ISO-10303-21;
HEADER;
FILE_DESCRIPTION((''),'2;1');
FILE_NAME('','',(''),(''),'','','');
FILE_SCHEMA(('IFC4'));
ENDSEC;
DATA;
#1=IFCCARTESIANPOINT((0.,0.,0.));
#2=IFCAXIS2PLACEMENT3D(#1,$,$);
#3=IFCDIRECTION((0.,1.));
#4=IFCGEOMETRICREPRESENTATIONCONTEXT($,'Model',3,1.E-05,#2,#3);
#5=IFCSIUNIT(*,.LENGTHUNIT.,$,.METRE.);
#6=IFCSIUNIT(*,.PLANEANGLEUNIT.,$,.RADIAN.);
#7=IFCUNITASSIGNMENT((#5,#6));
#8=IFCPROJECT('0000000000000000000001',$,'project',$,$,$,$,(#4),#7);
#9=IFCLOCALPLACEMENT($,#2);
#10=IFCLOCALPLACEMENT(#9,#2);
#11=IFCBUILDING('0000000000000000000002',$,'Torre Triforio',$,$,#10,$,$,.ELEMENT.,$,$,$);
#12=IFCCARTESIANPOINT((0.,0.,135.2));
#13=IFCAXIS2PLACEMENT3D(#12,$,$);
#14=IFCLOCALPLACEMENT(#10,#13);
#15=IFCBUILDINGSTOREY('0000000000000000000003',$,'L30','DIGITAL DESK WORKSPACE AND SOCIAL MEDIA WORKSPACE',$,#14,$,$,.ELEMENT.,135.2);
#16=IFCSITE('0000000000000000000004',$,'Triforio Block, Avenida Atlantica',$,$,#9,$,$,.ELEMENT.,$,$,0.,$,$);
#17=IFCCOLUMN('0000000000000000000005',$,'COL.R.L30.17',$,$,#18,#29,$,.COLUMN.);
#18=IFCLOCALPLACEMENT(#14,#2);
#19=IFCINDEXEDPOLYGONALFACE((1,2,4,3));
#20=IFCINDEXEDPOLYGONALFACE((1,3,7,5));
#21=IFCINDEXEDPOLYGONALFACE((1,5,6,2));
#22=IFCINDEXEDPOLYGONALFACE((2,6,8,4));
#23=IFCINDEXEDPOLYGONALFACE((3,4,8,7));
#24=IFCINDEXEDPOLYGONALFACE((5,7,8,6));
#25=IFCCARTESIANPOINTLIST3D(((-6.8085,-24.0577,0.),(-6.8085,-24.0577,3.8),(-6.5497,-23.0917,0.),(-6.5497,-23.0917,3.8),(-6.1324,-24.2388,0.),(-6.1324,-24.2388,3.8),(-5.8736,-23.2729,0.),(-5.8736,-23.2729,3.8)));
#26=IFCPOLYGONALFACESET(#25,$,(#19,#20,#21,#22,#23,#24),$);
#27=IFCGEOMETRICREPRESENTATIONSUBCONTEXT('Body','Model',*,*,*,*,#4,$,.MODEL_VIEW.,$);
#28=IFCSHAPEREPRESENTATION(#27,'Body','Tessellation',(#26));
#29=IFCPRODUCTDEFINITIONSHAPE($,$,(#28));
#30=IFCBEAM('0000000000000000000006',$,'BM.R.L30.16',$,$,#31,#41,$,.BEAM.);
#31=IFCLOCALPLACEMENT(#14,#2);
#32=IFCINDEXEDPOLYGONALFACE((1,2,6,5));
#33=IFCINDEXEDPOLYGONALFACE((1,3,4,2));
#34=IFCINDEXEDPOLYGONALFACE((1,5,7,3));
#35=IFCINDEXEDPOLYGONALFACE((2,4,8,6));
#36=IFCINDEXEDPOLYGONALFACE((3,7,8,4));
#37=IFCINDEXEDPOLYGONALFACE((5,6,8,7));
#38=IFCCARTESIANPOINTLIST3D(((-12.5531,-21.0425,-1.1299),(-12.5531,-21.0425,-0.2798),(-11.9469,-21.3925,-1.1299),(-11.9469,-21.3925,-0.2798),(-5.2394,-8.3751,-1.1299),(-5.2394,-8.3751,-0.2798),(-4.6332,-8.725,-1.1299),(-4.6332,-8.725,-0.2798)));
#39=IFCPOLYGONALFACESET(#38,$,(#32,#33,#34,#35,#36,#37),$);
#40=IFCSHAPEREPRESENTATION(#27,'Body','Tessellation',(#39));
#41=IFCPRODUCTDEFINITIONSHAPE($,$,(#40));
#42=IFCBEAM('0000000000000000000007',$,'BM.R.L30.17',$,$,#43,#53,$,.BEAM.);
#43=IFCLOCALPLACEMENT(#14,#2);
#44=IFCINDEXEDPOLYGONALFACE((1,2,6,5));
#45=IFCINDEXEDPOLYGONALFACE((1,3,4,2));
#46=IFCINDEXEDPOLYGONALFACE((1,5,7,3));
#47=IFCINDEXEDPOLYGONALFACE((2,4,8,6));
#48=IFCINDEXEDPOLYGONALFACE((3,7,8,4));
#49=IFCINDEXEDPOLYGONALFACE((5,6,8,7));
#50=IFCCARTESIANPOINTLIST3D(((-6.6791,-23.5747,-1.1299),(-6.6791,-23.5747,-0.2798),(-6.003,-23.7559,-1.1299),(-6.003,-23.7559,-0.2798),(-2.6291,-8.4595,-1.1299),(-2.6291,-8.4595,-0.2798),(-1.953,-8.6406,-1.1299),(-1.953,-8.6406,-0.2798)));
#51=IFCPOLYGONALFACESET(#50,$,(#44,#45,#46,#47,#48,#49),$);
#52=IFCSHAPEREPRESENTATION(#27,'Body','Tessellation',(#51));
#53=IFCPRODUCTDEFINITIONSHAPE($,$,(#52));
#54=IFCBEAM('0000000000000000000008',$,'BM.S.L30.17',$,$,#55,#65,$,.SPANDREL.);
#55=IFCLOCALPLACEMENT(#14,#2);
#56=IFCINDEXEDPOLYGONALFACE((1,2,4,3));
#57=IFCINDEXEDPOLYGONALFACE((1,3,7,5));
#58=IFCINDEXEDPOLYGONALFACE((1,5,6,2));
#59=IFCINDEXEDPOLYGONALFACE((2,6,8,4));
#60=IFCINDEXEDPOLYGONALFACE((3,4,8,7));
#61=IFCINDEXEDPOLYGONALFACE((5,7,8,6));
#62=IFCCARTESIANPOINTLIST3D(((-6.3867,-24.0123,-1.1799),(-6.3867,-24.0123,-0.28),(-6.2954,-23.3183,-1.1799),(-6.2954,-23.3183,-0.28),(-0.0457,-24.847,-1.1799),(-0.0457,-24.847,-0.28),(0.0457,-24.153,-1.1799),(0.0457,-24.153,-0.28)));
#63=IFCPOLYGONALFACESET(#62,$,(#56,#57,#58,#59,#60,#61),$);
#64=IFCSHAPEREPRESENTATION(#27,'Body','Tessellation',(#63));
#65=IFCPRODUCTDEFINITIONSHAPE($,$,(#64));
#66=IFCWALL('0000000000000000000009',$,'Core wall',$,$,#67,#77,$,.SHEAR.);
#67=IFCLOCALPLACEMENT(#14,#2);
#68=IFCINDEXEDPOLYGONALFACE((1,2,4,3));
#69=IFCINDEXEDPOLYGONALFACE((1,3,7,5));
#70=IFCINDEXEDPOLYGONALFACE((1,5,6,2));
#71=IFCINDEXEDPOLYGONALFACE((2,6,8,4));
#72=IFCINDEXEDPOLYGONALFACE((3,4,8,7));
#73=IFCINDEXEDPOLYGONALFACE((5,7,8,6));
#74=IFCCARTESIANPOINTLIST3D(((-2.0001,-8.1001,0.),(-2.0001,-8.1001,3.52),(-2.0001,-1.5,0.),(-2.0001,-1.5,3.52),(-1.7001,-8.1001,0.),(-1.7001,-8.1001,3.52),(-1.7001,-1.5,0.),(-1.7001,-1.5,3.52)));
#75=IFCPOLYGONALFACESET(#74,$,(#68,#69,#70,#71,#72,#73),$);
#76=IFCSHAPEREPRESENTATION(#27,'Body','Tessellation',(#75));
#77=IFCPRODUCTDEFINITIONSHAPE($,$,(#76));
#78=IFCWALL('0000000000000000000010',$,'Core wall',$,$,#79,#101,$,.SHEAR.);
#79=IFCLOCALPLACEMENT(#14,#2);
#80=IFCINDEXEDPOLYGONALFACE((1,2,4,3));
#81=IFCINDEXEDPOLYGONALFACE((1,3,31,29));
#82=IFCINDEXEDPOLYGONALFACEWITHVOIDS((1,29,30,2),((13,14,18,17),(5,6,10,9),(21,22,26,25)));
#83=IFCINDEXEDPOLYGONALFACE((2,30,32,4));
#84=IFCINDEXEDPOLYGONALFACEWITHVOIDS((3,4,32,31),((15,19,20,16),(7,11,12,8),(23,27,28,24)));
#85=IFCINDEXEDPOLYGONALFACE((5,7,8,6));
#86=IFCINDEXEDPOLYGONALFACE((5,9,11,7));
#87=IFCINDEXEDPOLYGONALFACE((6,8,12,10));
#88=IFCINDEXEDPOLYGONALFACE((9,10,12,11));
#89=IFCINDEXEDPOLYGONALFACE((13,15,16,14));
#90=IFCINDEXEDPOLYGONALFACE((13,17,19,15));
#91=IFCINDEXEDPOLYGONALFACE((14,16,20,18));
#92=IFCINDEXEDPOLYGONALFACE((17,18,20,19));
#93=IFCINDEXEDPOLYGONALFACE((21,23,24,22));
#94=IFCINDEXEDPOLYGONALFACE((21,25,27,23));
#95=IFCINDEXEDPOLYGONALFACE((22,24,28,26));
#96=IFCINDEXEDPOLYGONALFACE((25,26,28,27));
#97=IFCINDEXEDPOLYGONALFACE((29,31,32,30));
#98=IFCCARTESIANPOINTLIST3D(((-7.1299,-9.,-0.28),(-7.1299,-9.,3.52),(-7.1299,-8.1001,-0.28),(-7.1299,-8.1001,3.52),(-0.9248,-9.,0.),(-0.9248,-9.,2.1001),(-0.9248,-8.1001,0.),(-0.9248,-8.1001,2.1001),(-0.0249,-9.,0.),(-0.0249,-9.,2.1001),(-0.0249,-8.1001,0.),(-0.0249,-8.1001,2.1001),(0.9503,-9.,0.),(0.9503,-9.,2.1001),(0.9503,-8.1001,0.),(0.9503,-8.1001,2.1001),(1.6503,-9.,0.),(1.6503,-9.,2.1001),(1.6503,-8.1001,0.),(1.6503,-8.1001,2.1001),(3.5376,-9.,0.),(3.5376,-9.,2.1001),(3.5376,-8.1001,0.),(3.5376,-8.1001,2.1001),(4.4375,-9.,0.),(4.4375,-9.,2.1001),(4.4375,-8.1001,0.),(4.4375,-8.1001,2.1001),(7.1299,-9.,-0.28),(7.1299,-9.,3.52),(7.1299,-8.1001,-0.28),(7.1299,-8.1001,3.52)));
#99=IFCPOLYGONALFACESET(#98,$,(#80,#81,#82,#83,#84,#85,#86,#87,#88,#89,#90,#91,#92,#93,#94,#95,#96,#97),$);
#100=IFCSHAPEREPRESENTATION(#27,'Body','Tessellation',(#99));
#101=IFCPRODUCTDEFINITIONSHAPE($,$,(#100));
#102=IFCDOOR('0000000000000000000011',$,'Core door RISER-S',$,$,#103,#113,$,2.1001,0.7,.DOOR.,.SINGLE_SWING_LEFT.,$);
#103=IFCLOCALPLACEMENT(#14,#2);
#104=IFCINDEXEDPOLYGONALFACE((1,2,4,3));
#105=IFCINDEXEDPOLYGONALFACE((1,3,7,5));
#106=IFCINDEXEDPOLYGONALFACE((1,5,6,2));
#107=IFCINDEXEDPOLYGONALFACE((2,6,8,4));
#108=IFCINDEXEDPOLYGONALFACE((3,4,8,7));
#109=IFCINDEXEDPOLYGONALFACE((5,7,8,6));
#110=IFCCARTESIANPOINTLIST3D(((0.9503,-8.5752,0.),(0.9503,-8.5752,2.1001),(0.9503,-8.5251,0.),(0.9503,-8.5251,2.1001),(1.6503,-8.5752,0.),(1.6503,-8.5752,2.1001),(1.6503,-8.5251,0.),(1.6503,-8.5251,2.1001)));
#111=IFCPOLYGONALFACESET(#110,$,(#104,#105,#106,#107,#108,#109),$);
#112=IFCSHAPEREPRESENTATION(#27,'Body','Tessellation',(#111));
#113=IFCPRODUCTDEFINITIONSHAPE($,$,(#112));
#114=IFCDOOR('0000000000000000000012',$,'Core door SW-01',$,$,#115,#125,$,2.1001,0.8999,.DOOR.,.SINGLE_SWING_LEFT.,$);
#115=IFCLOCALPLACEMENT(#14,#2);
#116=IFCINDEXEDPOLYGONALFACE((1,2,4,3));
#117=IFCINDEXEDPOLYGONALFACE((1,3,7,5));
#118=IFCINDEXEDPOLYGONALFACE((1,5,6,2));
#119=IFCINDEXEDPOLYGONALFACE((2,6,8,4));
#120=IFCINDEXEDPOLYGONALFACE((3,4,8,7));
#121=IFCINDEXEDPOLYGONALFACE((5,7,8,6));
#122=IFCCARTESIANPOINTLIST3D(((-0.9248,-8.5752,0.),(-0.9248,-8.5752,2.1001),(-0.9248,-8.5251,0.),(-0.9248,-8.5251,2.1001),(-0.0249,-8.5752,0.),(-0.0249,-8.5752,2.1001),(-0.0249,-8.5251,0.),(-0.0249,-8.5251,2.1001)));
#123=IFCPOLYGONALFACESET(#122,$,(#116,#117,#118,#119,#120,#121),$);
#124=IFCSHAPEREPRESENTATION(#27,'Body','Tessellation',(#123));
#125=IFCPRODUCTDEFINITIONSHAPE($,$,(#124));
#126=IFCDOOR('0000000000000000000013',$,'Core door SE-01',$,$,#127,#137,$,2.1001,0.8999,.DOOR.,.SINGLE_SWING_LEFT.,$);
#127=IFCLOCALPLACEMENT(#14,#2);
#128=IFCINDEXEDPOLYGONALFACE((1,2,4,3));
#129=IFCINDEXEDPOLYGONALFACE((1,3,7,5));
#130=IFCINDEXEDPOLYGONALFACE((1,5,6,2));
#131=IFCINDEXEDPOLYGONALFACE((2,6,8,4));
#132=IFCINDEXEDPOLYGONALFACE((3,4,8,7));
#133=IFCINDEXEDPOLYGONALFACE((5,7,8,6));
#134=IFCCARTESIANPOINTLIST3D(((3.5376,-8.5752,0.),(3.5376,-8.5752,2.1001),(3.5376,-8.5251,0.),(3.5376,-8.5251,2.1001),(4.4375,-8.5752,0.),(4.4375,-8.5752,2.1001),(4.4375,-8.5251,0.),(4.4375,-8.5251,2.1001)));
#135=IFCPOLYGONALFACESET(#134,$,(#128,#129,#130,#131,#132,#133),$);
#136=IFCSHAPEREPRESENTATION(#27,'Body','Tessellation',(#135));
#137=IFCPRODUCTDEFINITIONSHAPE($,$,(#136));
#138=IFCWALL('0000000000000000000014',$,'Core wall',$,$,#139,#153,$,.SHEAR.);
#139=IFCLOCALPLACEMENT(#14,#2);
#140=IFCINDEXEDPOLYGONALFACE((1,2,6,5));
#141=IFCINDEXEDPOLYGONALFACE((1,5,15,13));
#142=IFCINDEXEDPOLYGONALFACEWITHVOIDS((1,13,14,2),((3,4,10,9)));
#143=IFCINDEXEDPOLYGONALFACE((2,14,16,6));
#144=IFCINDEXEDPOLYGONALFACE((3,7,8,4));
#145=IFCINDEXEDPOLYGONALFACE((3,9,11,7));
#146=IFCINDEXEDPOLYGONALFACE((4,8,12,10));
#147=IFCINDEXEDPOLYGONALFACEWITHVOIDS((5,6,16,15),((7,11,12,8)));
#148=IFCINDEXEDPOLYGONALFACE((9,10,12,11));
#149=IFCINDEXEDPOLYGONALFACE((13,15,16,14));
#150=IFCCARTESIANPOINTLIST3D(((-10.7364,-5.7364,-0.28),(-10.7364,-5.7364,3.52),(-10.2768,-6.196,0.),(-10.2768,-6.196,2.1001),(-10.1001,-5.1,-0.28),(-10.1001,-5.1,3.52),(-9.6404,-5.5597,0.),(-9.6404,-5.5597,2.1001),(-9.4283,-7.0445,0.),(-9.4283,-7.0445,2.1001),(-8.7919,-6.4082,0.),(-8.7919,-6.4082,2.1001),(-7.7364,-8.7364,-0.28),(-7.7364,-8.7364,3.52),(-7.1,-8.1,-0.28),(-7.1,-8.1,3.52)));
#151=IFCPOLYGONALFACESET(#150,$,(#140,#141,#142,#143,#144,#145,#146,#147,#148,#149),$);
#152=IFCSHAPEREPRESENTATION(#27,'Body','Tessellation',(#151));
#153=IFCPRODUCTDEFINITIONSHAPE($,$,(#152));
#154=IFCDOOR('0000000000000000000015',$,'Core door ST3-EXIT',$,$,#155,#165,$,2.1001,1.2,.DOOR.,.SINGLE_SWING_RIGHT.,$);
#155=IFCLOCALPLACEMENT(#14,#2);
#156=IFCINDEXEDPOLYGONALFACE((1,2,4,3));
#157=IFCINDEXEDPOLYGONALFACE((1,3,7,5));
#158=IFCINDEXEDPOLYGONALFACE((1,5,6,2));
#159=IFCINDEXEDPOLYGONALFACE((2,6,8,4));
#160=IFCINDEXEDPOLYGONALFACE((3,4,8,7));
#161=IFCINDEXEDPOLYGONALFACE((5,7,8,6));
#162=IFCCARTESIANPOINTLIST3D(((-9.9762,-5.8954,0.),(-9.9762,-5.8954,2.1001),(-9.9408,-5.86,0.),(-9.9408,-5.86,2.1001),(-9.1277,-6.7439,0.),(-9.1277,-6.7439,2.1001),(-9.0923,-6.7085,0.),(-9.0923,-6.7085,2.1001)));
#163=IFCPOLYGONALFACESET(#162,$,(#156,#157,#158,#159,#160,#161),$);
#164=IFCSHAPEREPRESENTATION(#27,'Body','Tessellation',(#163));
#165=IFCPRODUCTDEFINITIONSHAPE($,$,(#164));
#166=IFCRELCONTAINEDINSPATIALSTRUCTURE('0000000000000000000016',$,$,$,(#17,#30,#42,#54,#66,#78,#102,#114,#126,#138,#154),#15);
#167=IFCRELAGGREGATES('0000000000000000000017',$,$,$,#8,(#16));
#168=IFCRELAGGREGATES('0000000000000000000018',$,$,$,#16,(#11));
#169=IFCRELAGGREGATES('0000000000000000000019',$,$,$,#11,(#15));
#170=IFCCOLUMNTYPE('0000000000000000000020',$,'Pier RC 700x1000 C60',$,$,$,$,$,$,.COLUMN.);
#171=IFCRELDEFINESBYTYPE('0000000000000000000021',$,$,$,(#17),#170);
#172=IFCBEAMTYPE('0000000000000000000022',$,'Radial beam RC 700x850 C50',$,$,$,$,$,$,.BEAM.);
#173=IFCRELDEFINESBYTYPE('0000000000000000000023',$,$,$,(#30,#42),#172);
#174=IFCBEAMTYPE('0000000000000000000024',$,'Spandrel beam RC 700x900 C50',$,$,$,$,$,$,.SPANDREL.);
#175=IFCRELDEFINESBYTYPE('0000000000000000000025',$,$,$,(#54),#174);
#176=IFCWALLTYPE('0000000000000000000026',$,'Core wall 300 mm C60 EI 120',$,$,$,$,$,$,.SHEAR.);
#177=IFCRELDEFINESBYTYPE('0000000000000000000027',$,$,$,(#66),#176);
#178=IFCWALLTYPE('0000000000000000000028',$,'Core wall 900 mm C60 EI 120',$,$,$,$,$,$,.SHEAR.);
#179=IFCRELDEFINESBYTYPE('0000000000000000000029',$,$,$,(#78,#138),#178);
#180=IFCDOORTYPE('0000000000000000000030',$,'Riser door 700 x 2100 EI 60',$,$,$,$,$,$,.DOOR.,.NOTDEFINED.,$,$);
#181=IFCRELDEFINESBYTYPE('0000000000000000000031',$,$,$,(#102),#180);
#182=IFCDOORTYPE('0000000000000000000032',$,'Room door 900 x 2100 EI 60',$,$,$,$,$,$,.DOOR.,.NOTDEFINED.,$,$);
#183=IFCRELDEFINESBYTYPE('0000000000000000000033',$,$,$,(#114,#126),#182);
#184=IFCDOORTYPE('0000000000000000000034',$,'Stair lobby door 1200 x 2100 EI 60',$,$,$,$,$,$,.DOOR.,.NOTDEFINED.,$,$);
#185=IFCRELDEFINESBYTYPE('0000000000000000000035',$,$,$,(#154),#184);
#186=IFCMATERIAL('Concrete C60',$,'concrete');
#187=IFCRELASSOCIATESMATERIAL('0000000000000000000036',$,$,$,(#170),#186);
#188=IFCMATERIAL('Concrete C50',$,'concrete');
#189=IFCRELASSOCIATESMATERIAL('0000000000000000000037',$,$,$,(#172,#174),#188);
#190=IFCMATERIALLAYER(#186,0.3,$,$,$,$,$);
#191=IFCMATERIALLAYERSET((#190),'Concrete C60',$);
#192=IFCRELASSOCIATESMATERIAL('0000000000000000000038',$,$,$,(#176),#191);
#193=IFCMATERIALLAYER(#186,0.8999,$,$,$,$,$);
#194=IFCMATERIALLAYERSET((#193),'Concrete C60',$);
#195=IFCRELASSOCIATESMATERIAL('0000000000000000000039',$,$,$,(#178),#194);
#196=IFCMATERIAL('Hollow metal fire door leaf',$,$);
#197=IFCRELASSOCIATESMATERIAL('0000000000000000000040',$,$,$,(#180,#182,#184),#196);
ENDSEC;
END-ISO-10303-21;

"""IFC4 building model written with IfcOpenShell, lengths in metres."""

from ifc_helpers import new_model, si_unit, direction, frame, frame_2d, origin, origin_2d, place, context, subcontext, project, spatial, rectangle, extrude, material, layer, layer_set, material_profile, profile_set, type_object, element, fill, save


model = new_model("IFC4")

# Units and contexts
model_context = context("Model", 3, precision=1e-05, world=origin(), true_north=direction((0.0, 1.0)))
body_context = subcontext(model_context, "Body", "Model", "MODEL_VIEW")
ifc_project = project(units=[si_unit("LENGTHUNIT", "METRE"), si_unit("PLANEANGLEUNIT", "RADIAN")], contexts=[model_context])

# Site, building, storey
site_placement = place(None, origin())
site = spatial("IfcSite", under=ifc_project, at=site_placement, Name="Triforio Block, Avenida Atlantica", CompositionType="ELEMENT", RefElevation=0.0)
building_placement = place(site_placement, origin())
building = spatial("IfcBuilding", under=site, at=building_placement, Name="Torre Triforio", CompositionType="ELEMENT")
storey_placement = place(building_placement, frame((0.0, 0.0, 135.2)))
storey = spatial("IfcBuildingStorey", under=building, at=storey_placement, Name="L30", Description="DIGITAL DESK WORKSPACE AND SOCIAL MEDIA WORKSPACE", CompositionType="ELEMENT", Elevation=135.2)

# Column
ifc_material_1 = material(Name="Concrete C60", Category="concrete")
ifc_material_profile_1 = material_profile(ifc_material_1, rectangle(XDim=0.7, YDim=1.0, at=origin_2d()), Name="RC 700x1000")
ifc_profile_set_1 = profile_set([ifc_material_profile_1], Name="Concrete C60")
column_type = type_object("IfcColumnType", Name="Pier RC 700x1000 C60", PredefinedType="COLUMN", material=ifc_profile_set_1)
column_placement = place(storey_placement, frame((-6.3411, -23.6653, 0.0), z_axis=(0.0, 0.0, 1.0), x_axis=(0.965926, -0.258819, 0.0)))
element("IfcColumn", 1, at=column_placement, inside=storey, type_object=column_type, Name="COL.R.L30.17", PredefinedType="COLUMN", context=body_context, shape_type="SweptSolid", body=[
    extrude(rectangle(XDim=0.7, YDim=1.0, at=origin_2d()), origin(), (0.0, 0.0, 1.0), 3.8),
])

# Beams
ifc_material_2 = material(Name="Concrete C50", Category="concrete")
ifc_material_profile_2 = material_profile(ifc_material_2, rectangle(XDim=0.7, YDim=0.8501, at=origin_2d()), Name="RC 700x850")
ifc_profile_set_2 = profile_set([ifc_material_profile_2], Name="Concrete C50")
beam_type_1 = type_object("IfcBeamType", Name="Radial beam RC 700x850 C50", PredefinedType="BEAM", material=ifc_profile_set_2)
beam_1_placement = place(storey_placement, frame((-4.9363, -8.55, -0.7048), z_axis=(-0.500008, -0.866021, 0.0), x_axis=(0.866021, -0.500008, 0.0)))
element("IfcBeam", 2, at=beam_1_placement, inside=storey, type_object=beam_type_1, Name="BM.R.L30.16", PredefinedType="BEAM", context=body_context, shape_type="SweptSolid", body=[
    extrude(rectangle(XDim=0.7, YDim=0.8501, at=origin_2d()), origin(), (0.0, 0.0, 1.0), 14.6272),
])
beam_2_placement = place(storey_placement, frame((-2.291, -8.55, -0.7048), z_axis=(-0.258815, -0.965927, 0.0), x_axis=(0.965927, -0.258815, 0.0)))
element("IfcBeam", 3, at=beam_2_placement, inside=storey, type_object=beam_type_1, Name="BM.R.L30.17", PredefinedType="BEAM", context=body_context, shape_type="SweptSolid", body=[
    extrude(rectangle(XDim=0.7, YDim=0.8501, at=origin_2d()), origin(), (0.0, 0.0, 1.0), 15.6484),
])
ifc_material_profile_3 = material_profile(ifc_material_2, rectangle(XDim=0.7, YDim=0.8999, at=origin_2d()), Name="RC 700x900")
ifc_profile_set_3 = profile_set([ifc_material_profile_3], Name="Concrete C50")
beam_type_2 = type_object("IfcBeamType", Name="Spandrel beam RC 700x900 C50", PredefinedType="SPANDREL", material=ifc_profile_set_3)
beam_3_placement = place(storey_placement, frame((-6.3411, -23.6653, -0.73), z_axis=(0.991447, -0.130511, 0.0), x_axis=(0.130511, 0.991447, 0.0)))
element("IfcBeam", 4, at=beam_3_placement, inside=storey, type_object=beam_type_2, Name="BM.S.L30.17", PredefinedType="SPANDREL", context=body_context, shape_type="SweptSolid", body=[
    extrude(rectangle(XDim=0.7, YDim=0.8999, at=origin_2d()), origin(), (0.0, 0.0, 1.0), 6.3958),
])

# Wall
ifc_layer_1 = layer(ifc_material_1, 0.3)
ifc_layer_set_1 = layer_set([ifc_layer_1], Name="Concrete C60")
wall_type_1 = type_object("IfcWallType", Name="Core wall 300 mm C60 EI 120", PredefinedType="SHEAR", material=ifc_layer_set_1)
wall_1_placement = place(storey_placement, frame((-1.8501, -8.1001, 0.0), z_axis=(0.0, 0.0, 1.0), x_axis=(0.0, 1.0, 0.0)))
element("IfcWall", 5, at=wall_1_placement, inside=storey, type_object=wall_type_1, Name="Core wall", PredefinedType="SHEAR", context=body_context, shape_type="SweptSolid", body=[
    extrude(rectangle(XDim=6.6001, YDim=0.3, at=frame_2d((3.3, 0.0))), origin(), (0.0, 0.0, 1.0), 3.52),
])

# Wall, openings, doors
ifc_layer_2 = layer(ifc_material_1, 0.8999)
ifc_layer_set_2 = layer_set([ifc_layer_2], Name="Concrete C60")
wall_type_2 = type_object("IfcWallType", Name="Core wall 900 mm C60 EI 120", PredefinedType="SHEAR", material=ifc_layer_set_2)
wall_2_placement = place(storey_placement, frame((-7.1299, -8.55, -0.28), z_axis=(0.0, 0.0, 1.0), x_axis=(1.0, 0.0, 0.0)))
wall_2 = element("IfcWall", 6, at=wall_2_placement, inside=storey, type_object=wall_type_2, Name="Core wall", PredefinedType="SHEAR", context=body_context, shape_type="SweptSolid", body=[
    extrude(rectangle(XDim=14.2598, YDim=0.8999, at=frame_2d((7.1299, 0.0))), origin(), (0.0, 0.0, 1.0), 3.8),
])
opening_1_placement = place(wall_2_placement, frame((8.0801, 0.0, 0.28)))
opening_1 = element("IfcOpeningElement", 7, at=opening_1_placement, cuts=wall_2, PredefinedType="OPENING", context=body_context, shape_type="SweptSolid", body=[
    extrude(rectangle(XDim=0.7, YDim=2.1001, at=frame_2d((0.3501, 1.05))), frame((0.0, 0.46, 0.0), z_axis=(0.0, -1.0, 0.0), x_axis=(1.0, 0.0, 0.0)), (0.0, 0.0, 1.0), 0.9199),
])
opening_2_placement = place(wall_2_placement, frame((6.2051, 0.0, 0.28)))
opening_2 = element("IfcOpeningElement", 8, at=opening_2_placement, cuts=wall_2, PredefinedType="OPENING", context=body_context, shape_type="SweptSolid", body=[
    extrude(rectangle(XDim=0.8999, YDim=2.1001, at=frame_2d((0.45, 1.05))), frame((0.0, 0.46, 0.0), z_axis=(0.0, -1.0, 0.0), x_axis=(1.0, 0.0, 0.0)), (0.0, 0.0, 1.0), 0.9199),
])
opening_3_placement = place(wall_2_placement, frame((10.6675, 0.0, 0.28)))
opening_3 = element("IfcOpeningElement", 9, at=opening_3_placement, cuts=wall_2, PredefinedType="OPENING", context=body_context, shape_type="SweptSolid", body=[
    extrude(rectangle(XDim=0.8999, YDim=2.1001, at=frame_2d((0.45, 1.05))), frame((0.0, 0.46, 0.0), z_axis=(0.0, -1.0, 0.0), x_axis=(1.0, 0.0, 0.0)), (0.0, 0.0, 1.0), 0.9199),
])
ifc_material_3 = material(Name="Hollow metal fire door leaf")
door_type_1 = type_object("IfcDoorType", Name="Riser door 700 x 2100 EI 60", OperationType="NOTDEFINED", PredefinedType="DOOR", material=ifc_material_3)
door_1_placement = place(opening_1_placement, origin())
door_1 = element("IfcDoor", 10, at=door_1_placement, inside=storey, type_object=door_type_1, Name="Core door RISER-S", OperationType="SINGLE_SWING_LEFT", OverallHeight=2.1001, OverallWidth=0.7, PredefinedType="DOOR", context=body_context, shape_type="SweptSolid", body=[
    extrude(rectangle(XDim=0.7, YDim=2.1001, at=frame_2d((0.3501, 1.05))), frame((0.0, 0.0249, 0.0), z_axis=(0.0, -1.0, 0.0), x_axis=(1.0, 0.0, 0.0)), (0.0, 0.0, 1.0), 0.05),
])
fill(opening_1, door_1)
door_type_2 = type_object("IfcDoorType", Name="Room door 900 x 2100 EI 60", OperationType="NOTDEFINED", PredefinedType="DOOR", material=ifc_material_3)
door_2_placement = place(opening_2_placement, origin())
door_2 = element("IfcDoor", 11, at=door_2_placement, inside=storey, type_object=door_type_2, Name="Core door SW-01", OperationType="SINGLE_SWING_LEFT", OverallHeight=2.1001, OverallWidth=0.8999, PredefinedType="DOOR", context=body_context, shape_type="SweptSolid", body=[
    extrude(rectangle(XDim=0.8999, YDim=2.1001, at=frame_2d((0.45, 1.05))), frame((0.0, 0.0249, 0.0), z_axis=(0.0, -1.0, 0.0), x_axis=(1.0, 0.0, 0.0)), (0.0, 0.0, 1.0), 0.05),
])
fill(opening_2, door_2)
door_3_placement = place(opening_3_placement, origin())
door_3 = element("IfcDoor", 12, at=door_3_placement, inside=storey, type_object=door_type_2, Name="Core door SE-01", OperationType="SINGLE_SWING_LEFT", OverallHeight=2.1001, OverallWidth=0.8999, PredefinedType="DOOR", context=body_context, shape_type="SweptSolid", body=[
    extrude(rectangle(XDim=0.8999, YDim=2.1001, at=frame_2d((0.45, 1.05))), frame((0.0, 0.0249, 0.0), z_axis=(0.0, -1.0, 0.0), x_axis=(1.0, 0.0, 0.0)), (0.0, 0.0, 1.0), 0.05),
])
fill(opening_3, door_3)

# Wall, opening, door
wall_3_placement = place(storey_placement, frame((-7.4182, -8.4182, -0.28), z_axis=(0.0, 0.0, 1.0), x_axis=(-0.707107, 0.707107, 0.0)))
wall_3 = element("IfcWall", 13, at=wall_3_placement, inside=storey, type_object=wall_type_2, Name="Core wall", PredefinedType="SHEAR", context=body_context, shape_type="SweptSolid", body=[
    extrude(rectangle(XDim=4.2427, YDim=0.8999, at=frame_2d((2.1213, 0.0))), origin(), (0.0, 0.0, 1.0), 3.8),
])
opening_4_placement = place(wall_3_placement, frame((2.3926, 0.0, 0.28)))
opening_4 = element("IfcOpeningElement", 14, at=opening_4_placement, cuts=wall_3, PredefinedType="OPENING", context=body_context, shape_type="SweptSolid", body=[
    extrude(rectangle(XDim=1.2, YDim=2.1001, at=frame_2d((0.6001, 1.05))), frame((0.0, 0.46, 0.0), z_axis=(0.0, -1.0, 0.0), x_axis=(1.0, 0.0, 0.0)), (0.0, 0.0, 1.0), 0.9199),
])
door_type_3 = type_object("IfcDoorType", Name="Stair lobby door 1200 x 2100 EI 60", OperationType="NOTDEFINED", PredefinedType="DOOR", material=ifc_material_3)
door_4_placement = place(opening_4_placement, origin())
door_4 = element("IfcDoor", 15, at=door_4_placement, inside=storey, type_object=door_type_3, Name="Core door ST3-EXIT", OperationType="SINGLE_SWING_RIGHT", OverallHeight=2.1001, OverallWidth=1.2, PredefinedType="DOOR", context=body_context, shape_type="SweptSolid", body=[
    extrude(rectangle(XDim=1.2, YDim=2.1001, at=frame_2d((0.6001, 1.05))), frame((0.0, 0.0249, 0.0), z_axis=(0.0, -1.0, 0.0), x_axis=(1.0, 0.0, 0.0)), (0.0, 0.0, 1.0), 0.05),
])
fill(opening_4, door_4)

save(model, "model.ifc")
